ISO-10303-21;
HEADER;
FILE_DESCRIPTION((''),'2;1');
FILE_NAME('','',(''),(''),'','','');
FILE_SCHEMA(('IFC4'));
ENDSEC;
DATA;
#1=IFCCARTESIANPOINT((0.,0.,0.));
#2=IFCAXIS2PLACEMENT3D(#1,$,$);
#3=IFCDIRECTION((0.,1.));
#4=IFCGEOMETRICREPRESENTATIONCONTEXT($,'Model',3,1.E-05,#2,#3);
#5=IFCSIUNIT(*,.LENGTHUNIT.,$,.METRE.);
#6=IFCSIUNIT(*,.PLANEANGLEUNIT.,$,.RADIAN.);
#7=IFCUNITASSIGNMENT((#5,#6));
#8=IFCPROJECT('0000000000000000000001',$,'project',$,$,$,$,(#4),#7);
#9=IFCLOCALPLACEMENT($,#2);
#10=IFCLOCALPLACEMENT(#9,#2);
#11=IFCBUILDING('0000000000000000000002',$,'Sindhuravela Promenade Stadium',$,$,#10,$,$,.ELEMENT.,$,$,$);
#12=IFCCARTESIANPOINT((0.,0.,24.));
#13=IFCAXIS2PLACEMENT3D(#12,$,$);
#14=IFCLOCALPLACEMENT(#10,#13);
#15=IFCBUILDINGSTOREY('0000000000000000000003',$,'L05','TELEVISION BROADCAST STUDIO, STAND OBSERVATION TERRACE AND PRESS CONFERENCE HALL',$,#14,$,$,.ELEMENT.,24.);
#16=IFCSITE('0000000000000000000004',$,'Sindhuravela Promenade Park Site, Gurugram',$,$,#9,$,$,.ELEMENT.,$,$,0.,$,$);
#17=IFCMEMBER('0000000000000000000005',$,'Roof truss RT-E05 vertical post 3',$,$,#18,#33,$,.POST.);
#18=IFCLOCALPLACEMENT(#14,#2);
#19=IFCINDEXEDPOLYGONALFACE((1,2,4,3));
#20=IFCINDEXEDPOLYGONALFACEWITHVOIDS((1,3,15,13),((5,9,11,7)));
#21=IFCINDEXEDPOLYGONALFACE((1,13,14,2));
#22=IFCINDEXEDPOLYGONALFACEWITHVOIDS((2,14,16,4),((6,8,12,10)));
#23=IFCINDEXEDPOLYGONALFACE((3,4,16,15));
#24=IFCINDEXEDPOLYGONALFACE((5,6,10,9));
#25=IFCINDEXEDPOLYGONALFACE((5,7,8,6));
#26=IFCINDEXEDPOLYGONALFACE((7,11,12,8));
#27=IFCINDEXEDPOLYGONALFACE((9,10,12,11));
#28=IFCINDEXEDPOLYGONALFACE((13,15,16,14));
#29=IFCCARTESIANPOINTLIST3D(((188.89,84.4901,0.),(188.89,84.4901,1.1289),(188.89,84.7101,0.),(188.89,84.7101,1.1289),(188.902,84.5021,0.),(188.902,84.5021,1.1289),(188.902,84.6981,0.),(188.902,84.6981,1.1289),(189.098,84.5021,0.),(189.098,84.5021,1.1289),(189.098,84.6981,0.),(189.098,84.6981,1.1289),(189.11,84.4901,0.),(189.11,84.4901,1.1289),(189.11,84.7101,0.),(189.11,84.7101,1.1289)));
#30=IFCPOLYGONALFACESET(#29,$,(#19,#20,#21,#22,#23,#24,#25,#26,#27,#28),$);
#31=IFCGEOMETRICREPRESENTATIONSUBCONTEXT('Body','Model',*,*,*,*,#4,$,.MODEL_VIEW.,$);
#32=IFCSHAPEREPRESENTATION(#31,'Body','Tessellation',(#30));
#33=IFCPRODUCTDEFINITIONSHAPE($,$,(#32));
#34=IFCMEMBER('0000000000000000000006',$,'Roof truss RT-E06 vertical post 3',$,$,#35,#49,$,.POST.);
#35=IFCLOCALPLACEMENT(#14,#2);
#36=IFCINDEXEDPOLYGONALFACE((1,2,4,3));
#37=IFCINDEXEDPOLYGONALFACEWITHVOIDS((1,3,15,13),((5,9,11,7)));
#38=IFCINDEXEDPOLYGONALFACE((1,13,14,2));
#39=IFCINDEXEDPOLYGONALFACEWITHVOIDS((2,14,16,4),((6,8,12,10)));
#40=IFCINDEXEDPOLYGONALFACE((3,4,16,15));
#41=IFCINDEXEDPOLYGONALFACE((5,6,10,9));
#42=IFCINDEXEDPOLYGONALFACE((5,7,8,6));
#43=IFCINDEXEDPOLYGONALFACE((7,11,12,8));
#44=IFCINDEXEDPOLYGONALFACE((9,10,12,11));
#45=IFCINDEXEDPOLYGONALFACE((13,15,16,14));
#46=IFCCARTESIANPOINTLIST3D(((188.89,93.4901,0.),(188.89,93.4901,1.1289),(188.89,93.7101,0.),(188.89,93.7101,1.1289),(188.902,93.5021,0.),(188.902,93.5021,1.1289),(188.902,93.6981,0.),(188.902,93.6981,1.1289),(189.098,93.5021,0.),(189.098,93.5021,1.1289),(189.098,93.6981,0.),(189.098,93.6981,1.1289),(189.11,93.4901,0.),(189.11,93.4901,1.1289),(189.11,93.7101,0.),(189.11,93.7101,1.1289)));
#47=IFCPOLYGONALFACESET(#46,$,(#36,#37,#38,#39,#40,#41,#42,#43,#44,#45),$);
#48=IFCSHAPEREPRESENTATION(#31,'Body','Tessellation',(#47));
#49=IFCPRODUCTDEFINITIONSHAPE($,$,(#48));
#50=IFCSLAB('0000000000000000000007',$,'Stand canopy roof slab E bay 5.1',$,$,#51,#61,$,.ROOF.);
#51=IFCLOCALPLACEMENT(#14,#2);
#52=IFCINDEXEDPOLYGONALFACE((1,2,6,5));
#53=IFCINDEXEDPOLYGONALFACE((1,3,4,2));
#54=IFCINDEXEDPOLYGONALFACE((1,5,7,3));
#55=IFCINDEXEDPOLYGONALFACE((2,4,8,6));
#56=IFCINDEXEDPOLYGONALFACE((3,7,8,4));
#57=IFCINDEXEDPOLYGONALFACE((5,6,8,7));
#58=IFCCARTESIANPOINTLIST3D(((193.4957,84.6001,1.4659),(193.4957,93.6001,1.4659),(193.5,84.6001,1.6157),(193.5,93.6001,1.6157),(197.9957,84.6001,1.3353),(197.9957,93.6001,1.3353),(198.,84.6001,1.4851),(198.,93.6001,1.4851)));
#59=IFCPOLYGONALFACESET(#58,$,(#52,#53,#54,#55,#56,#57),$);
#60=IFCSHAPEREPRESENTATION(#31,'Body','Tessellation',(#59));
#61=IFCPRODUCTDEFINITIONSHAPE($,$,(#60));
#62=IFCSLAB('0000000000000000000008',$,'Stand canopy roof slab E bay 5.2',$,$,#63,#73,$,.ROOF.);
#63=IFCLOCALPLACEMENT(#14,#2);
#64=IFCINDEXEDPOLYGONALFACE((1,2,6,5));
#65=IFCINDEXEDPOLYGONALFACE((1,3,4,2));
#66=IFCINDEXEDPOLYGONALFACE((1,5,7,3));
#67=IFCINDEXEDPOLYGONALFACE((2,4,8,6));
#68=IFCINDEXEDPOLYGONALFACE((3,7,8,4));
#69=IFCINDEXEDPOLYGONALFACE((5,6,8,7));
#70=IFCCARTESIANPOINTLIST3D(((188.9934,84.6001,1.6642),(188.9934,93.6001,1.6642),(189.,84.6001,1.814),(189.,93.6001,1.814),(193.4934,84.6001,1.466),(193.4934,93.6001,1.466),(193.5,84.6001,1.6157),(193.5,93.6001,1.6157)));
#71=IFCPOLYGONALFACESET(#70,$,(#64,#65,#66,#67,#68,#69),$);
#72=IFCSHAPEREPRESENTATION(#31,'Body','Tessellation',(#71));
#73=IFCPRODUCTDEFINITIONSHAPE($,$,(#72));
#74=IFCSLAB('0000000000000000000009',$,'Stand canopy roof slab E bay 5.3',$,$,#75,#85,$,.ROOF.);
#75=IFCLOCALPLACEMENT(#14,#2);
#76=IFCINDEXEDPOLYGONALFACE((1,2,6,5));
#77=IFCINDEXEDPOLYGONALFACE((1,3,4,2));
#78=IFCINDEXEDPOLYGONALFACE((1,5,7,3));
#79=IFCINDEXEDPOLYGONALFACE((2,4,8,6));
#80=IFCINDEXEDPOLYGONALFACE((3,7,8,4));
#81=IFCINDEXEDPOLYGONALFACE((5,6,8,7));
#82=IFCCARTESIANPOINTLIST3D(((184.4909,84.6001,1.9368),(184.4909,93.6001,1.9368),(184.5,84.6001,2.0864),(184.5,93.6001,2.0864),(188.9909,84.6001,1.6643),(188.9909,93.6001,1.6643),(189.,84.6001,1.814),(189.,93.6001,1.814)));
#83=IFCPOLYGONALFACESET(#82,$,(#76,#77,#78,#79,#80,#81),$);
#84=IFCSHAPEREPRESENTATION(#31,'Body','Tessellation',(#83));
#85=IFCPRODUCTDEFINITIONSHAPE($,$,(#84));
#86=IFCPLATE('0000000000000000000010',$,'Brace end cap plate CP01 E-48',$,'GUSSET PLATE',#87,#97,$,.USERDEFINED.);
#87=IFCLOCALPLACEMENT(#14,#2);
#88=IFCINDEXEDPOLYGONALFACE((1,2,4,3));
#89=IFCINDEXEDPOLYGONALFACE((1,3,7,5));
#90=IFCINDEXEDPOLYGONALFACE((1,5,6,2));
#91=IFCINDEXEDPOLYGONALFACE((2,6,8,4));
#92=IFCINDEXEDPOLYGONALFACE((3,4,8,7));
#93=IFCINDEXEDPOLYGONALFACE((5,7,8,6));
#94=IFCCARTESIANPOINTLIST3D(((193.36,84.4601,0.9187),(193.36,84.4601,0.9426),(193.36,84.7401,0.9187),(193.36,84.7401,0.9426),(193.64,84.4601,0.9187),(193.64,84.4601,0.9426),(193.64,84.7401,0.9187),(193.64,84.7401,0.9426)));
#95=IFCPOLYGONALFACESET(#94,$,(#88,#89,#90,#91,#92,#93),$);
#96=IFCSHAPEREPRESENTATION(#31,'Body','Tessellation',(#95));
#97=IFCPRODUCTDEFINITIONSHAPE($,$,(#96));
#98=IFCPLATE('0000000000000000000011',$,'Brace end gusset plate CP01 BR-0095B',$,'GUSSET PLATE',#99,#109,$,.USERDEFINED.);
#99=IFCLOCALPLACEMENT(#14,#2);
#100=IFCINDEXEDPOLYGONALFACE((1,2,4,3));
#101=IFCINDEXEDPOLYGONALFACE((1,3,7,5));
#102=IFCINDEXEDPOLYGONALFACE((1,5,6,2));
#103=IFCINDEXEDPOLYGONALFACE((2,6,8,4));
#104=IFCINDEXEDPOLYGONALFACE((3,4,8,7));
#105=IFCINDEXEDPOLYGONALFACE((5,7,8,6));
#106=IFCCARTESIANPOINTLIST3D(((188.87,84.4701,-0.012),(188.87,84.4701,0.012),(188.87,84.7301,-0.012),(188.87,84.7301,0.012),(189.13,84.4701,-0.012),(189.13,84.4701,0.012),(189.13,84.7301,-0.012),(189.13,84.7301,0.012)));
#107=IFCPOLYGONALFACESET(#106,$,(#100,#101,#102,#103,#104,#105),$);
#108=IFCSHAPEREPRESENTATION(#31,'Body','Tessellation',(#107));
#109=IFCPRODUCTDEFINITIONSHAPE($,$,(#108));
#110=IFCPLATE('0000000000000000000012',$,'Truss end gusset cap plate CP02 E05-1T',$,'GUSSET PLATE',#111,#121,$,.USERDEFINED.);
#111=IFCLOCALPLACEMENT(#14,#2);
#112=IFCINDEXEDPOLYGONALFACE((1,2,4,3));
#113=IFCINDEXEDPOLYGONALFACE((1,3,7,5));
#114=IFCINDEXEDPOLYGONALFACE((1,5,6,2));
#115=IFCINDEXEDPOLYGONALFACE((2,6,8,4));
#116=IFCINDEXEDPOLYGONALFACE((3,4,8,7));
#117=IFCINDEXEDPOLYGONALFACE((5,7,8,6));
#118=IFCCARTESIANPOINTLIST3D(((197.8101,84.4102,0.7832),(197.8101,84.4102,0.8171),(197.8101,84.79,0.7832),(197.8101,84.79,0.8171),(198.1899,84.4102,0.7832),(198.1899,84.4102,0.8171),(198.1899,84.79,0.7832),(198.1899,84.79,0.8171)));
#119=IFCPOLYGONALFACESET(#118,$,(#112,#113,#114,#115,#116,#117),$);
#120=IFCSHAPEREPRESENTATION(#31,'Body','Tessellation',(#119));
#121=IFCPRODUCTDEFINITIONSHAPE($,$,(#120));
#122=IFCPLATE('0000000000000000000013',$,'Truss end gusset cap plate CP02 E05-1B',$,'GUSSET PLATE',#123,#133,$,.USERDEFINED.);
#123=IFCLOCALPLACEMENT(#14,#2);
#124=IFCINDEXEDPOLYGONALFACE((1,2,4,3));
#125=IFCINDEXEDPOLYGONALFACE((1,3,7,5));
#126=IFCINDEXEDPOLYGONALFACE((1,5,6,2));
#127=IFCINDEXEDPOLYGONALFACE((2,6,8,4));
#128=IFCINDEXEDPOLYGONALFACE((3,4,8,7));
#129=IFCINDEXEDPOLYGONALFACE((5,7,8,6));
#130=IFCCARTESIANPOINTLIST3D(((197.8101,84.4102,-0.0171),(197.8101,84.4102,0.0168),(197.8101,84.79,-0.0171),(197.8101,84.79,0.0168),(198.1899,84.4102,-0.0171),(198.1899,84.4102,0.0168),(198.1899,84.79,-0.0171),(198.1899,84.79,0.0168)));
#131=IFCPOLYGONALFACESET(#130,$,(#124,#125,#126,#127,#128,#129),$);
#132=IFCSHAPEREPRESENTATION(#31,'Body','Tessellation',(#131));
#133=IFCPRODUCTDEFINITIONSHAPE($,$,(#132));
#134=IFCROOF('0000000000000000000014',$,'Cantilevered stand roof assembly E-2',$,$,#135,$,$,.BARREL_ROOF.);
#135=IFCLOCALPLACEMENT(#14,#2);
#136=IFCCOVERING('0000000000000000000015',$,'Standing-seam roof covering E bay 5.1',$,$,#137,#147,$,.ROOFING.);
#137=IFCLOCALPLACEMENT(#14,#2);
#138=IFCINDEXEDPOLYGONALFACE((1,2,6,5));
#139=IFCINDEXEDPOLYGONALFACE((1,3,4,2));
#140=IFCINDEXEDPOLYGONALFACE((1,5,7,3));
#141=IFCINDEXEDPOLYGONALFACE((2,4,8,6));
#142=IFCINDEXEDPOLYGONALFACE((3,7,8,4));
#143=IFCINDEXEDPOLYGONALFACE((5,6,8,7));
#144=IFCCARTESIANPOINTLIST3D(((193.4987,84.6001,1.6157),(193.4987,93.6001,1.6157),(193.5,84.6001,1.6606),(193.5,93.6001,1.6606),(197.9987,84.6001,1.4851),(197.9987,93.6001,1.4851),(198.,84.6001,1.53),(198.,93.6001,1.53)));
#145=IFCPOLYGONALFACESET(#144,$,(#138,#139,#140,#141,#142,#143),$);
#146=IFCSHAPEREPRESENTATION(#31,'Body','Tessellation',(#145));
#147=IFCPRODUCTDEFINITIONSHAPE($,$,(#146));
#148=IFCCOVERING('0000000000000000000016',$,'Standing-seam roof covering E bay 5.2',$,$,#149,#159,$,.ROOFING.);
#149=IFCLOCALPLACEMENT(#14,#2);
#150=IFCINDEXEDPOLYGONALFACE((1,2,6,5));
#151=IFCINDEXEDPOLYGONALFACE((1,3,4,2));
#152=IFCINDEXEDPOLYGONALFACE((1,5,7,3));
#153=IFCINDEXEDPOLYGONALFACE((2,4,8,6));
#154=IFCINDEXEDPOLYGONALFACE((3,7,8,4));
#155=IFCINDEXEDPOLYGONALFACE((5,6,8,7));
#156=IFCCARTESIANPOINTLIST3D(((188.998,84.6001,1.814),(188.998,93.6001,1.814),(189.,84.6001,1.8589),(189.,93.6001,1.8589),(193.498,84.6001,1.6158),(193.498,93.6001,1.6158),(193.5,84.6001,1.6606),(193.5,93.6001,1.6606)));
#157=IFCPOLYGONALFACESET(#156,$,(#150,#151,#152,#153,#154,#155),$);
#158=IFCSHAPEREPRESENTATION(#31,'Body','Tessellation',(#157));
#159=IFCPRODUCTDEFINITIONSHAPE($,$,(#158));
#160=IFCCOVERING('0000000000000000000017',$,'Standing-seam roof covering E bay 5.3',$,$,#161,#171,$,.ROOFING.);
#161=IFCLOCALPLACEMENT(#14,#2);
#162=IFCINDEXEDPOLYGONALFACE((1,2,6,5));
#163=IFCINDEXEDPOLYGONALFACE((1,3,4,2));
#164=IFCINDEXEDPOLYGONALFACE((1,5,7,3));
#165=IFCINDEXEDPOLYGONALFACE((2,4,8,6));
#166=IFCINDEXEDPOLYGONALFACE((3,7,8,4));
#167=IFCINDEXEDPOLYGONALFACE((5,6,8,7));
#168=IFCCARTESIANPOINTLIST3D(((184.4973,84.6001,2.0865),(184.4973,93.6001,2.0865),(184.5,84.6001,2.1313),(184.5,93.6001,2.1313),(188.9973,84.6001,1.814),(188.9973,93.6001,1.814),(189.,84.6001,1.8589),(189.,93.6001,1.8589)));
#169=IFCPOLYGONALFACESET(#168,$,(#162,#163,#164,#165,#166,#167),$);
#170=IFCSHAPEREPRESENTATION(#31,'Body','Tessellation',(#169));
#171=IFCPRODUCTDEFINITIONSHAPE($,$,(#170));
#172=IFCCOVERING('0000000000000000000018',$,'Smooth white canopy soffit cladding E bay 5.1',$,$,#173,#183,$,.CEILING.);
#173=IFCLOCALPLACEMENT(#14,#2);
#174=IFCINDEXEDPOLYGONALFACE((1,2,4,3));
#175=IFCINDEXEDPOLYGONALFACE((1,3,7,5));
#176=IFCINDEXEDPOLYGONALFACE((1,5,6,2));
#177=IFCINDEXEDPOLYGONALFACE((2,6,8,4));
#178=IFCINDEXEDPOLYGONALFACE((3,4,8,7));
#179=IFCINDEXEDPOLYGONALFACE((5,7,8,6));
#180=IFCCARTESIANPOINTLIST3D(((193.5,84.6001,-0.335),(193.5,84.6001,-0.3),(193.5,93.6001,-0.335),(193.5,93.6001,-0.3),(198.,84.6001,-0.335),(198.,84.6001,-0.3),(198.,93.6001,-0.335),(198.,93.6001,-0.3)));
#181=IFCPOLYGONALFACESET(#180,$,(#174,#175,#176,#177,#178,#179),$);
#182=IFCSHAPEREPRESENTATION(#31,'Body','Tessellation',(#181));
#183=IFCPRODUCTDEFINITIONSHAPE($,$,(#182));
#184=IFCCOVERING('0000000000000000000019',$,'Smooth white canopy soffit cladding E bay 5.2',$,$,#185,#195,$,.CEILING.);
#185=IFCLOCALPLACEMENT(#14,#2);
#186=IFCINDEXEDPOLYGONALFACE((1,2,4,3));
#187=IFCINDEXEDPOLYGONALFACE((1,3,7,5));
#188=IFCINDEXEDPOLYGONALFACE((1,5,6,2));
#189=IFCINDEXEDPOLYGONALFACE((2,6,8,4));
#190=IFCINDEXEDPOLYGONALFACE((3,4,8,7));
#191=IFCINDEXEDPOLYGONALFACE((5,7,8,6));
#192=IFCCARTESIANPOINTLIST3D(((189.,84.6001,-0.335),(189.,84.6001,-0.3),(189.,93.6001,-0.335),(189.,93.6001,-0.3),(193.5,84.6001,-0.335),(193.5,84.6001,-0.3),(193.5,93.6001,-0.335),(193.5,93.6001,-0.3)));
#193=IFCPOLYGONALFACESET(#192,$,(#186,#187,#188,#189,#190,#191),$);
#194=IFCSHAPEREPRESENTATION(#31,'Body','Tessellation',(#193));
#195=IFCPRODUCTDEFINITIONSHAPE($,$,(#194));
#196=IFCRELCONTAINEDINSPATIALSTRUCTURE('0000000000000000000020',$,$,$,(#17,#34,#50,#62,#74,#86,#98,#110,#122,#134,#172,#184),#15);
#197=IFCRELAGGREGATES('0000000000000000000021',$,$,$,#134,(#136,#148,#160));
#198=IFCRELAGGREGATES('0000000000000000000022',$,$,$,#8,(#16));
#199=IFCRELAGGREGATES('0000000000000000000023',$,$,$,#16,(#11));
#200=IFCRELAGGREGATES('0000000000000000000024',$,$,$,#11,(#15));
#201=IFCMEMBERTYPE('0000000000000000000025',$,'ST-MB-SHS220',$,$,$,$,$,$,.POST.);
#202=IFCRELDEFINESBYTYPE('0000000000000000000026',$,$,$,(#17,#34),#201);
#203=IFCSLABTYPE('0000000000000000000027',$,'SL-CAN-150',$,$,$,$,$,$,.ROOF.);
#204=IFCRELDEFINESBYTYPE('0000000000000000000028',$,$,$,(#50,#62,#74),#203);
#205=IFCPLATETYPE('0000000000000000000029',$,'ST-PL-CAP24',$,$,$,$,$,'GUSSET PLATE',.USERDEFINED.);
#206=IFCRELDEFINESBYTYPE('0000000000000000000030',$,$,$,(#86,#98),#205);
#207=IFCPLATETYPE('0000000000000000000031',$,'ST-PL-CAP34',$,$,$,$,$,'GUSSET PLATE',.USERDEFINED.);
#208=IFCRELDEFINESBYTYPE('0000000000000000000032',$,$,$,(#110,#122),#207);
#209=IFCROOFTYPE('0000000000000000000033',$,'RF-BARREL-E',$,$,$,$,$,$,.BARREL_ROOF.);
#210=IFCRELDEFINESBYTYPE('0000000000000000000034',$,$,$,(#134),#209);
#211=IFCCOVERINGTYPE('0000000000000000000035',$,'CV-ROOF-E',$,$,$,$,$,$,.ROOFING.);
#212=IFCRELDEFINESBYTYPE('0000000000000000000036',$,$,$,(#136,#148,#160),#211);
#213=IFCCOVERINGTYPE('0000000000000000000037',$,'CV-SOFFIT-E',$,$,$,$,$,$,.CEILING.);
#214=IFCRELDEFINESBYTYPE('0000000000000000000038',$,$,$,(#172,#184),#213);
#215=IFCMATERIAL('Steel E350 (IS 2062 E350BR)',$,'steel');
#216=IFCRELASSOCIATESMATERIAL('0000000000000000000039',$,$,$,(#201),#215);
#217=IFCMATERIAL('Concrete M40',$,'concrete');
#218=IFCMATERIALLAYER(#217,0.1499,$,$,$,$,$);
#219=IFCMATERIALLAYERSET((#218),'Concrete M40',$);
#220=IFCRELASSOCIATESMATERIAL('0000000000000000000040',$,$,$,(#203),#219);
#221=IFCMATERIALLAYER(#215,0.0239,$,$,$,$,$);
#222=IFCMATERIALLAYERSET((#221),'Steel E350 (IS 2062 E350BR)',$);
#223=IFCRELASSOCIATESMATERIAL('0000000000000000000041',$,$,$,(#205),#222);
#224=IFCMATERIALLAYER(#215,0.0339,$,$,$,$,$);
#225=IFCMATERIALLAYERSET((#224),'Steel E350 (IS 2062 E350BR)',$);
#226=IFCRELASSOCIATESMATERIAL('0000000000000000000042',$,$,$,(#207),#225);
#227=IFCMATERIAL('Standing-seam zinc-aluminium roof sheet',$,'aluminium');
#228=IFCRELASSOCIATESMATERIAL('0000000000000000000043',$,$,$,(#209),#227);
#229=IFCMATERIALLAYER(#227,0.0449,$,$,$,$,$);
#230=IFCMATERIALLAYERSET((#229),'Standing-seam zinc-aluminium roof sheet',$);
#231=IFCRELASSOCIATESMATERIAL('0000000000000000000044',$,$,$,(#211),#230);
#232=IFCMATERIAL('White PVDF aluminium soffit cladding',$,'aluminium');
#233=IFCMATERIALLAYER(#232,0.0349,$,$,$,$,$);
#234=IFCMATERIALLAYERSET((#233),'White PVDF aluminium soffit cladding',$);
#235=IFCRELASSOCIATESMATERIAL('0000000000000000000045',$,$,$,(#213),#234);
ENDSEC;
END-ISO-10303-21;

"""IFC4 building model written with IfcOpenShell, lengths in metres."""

from ifc_helpers import new_model, si_unit, direction, frame, origin, origin_2d, place, context, subcontext, project, spatial, polyline, rectangle, hollow_rectangle, outline, extrude, material, layer, layer_set, material_profile, profile_set, type_object, element, aggregate, save


model = new_model("IFC4")

# Units and contexts
model_context = context("Model", 3, precision=1e-05, world=origin(), true_north=direction((0.0, 1.0)))
body_context = subcontext(model_context, "Body", "Model", "MODEL_VIEW")
ifc_project = project(units=[si_unit("LENGTHUNIT", "METRE"), si_unit("PLANEANGLEUNIT", "RADIAN")], contexts=[model_context])

# Site, building, storey
site_placement = place(None, origin())
site = spatial("IfcSite", under=ifc_project, at=site_placement, Name="Sindhuravela Promenade Park Site, Gurugram", CompositionType="ELEMENT", RefElevation=0.0)
building_placement = place(site_placement, origin())
building = spatial("IfcBuilding", under=site, at=building_placement, Name="Sindhuravela Promenade Stadium", CompositionType="ELEMENT")
storey_placement = place(building_placement, frame((0.0, 0.0, 24.0)))
storey = spatial("IfcBuildingStorey", under=building, at=storey_placement, Name="L05", Description="TELEVISION BROADCAST STUDIO, STAND OBSERVATION TERRACE AND PRESS CONFERENCE HALL", CompositionType="ELEMENT", Elevation=24.0)

# Shared definitions
ifc_material_1 = material(Name="Concrete M40", Category="concrete")
ifc_material_2 = material(Name="Steel E350 (IS 2062 E350BR)", Category="steel")

# Members
ifc_material_profile_1 = material_profile(ifc_material_2, hollow_rectangle(XDim=0.22, YDim=0.22, WallThickness=0.012, at=origin_2d()), Name="SHS 220x220x12")
ifc_profile_set_1 = profile_set([ifc_material_profile_1], Name="Steel E350 (IS 2062 E350BR)")
member_type_1 = type_object("IfcMemberType", Name="ST-MB-SHS220", PredefinedType="POST", material=ifc_profile_set_1)
for number, where, z_axis, x_axis, name in (
    (1, (189.0, 84.6001, 0.0), (0.0, 0.0, 1.0), (1.0, 0.0, 0.0), "Roof truss RT-E05 vertical post 3"),
    (2, (189.0, 93.6001, 0.0), (0.0, 0.0, 1.0), (1.0, 0.0, 0.0), "Roof truss RT-E06 vertical post 3"),
):
    element("IfcMember", number, at=place(storey_placement, frame(where, z_axis=z_axis, x_axis=x_axis)), inside=storey, type_object=member_type_1, Name=name, PredefinedType="POST", context=body_context, shape_type="SweptSolid", body=[
        extrude(hollow_rectangle(XDim=0.22, YDim=0.22, WallThickness=0.012, at=origin_2d()), origin(), (0.0, 0.0, 1.0), 1.1289),
    ])

# Slabs
ifc_layer_1 = layer(ifc_material_1, 0.1499)
ifc_layer_set_1 = layer_set([ifc_layer_1], Name="Concrete M40")
slab_type = type_object("IfcSlabType", Name="SL-CAN-150", PredefinedType="ROOF", material=ifc_layer_set_1)
slab_1_placement = place(storey_placement, frame((198.0, 84.6001, 1.4851), z_axis=(0.029013, 0.0, 0.999579), x_axis=(0.0, 1.0, 0.0)))
element("IfcSlab", 3, at=slab_1_placement, inside=storey, type_object=slab_type, Name="Stand canopy roof slab E bay 5.1", PredefinedType="ROOF", context=body_context, shape_type="SweptSolid", body=[
    extrude(outline(polyline([(0.0, 0.0), (9.0, 0.0), (9.0, 4.5019), (0.0, 4.5019), (0.0, 0.0)])), origin(), (0.0, 0.0, -1.0), 0.1499),
])
slab_2_placement = place(storey_placement, frame((193.5, 84.6001, 1.6157), z_axis=(0.044011, 0.0, 0.999031), x_axis=(0.0, 1.0, 0.0)))
element("IfcSlab", 4, at=slab_2_placement, inside=storey, type_object=slab_type, Name="Stand canopy roof slab E bay 5.2", PredefinedType="ROOF", context=body_context, shape_type="SweptSolid", body=[
    extrude(outline(polyline([(0.0, 0.0), (9.0, 0.0), (9.0, 4.5044), (0.0, 4.5044), (0.0, 0.0)])), origin(), (0.0, 0.0, -1.0), 0.1499),
])
slab_3_placement = place(storey_placement, frame((189.0, 84.6001, 1.814), z_axis=(0.060436, 0.0, 0.998172), x_axis=(0.0, 1.0, 0.0)))
element("IfcSlab", 5, at=slab_3_placement, inside=storey, type_object=slab_type, Name="Stand canopy roof slab E bay 5.3", PredefinedType="ROOF", context=body_context, shape_type="SweptSolid", body=[
    extrude(outline(polyline([(0.0, 0.0), (9.0, 0.0), (9.0, 4.5082), (0.0, 4.5082), (0.0, 0.0)])), origin(), (0.0, 0.0, -1.0), 0.1499),
])

# Plates
ifc_layer_2 = layer(ifc_material_2, 0.0239)
ifc_layer_set_2 = layer_set([ifc_layer_2], Name="Steel E350 (IS 2062 E350BR)")
plate_type_1 = type_object("IfcPlateType", Name="ST-PL-CAP24", ElementType="GUSSET PLATE", PredefinedType="USERDEFINED", material=ifc_layer_set_2)
plate_1_placement = place(storey_placement, frame((193.5, 84.6001, 0.9187), z_axis=(0.0, 0.0, 1.0), x_axis=(1.0, 0.0, 0.0)))
element("IfcPlate", 6, at=plate_1_placement, inside=storey, type_object=plate_type_1, Name="Brace end cap plate CP01 E-48", ObjectType="GUSSET PLATE", PredefinedType="USERDEFINED", context=body_context, shape_type="SweptSolid", body=[
    extrude(rectangle(XDim=0.28, YDim=0.28, at=origin_2d()), origin(), (0.0, 0.0, 1.0), 0.0239),
])
plate_2_placement = place(storey_placement, frame((189.0, 84.6001, -0.012), z_axis=(0.0, 0.0, 1.0), x_axis=(1.0, 0.0, 0.0)))
element("IfcPlate", 7, at=plate_2_placement, inside=storey, type_object=plate_type_1, Name="Brace end gusset plate CP01 BR-0095B", ObjectType="GUSSET PLATE", PredefinedType="USERDEFINED", context=body_context, shape_type="SweptSolid", body=[
    extrude(rectangle(XDim=0.26, YDim=0.26, at=origin_2d()), origin(), (0.0, 0.0, 1.0), 0.0239),
])
ifc_layer_3 = layer(ifc_material_2, 0.0339)
ifc_layer_set_3 = layer_set([ifc_layer_3], Name="Steel E350 (IS 2062 E350BR)")
plate_type_2 = type_object("IfcPlateType", Name="ST-PL-CAP34", ElementType="GUSSET PLATE", PredefinedType="USERDEFINED", material=ifc_layer_set_3)
for number, where, z_axis, x_axis, name in (
    (8, (198.0, 84.6001, 0.7832), (0.0, 0.0, 1.0), (1.0, 0.0, 0.0), "Truss end gusset cap plate CP02 E05-1T"),
    (9, (198.0, 84.6001, -0.0171), (0.0, 0.0, 1.0), (1.0, 0.0, 0.0), "Truss end gusset cap plate CP02 E05-1B"),
):
    element("IfcPlate", number, at=place(storey_placement, frame(where, z_axis=z_axis, x_axis=x_axis)), inside=storey, type_object=plate_type_2, Name=name, ObjectType="GUSSET PLATE", PredefinedType="USERDEFINED", context=body_context, shape_type="SweptSolid", body=[
        extrude(rectangle(XDim=0.3799, YDim=0.3799, at=origin_2d()), origin(), (0.0, 0.0, 1.0), 0.0339),
    ])

# Roof, coverings
ifc_material_3 = material(Name="Standing-seam zinc-aluminium roof sheet", Category="aluminium")
roof_type = type_object("IfcRoofType", Name="RF-BARREL-E", PredefinedType="BARREL_ROOF", material=ifc_material_3)
roof_placement = place(storey_placement, origin())
roof = element("IfcRoof", 10, at=roof_placement, inside=storey, type_object=roof_type, Name="Cantilevered stand roof assembly E-2", PredefinedType="BARREL_ROOF")
ifc_layer_4 = layer(ifc_material_3, 0.0449)
ifc_layer_set_4 = layer_set([ifc_layer_4], Name="Standing-seam zinc-aluminium roof sheet")
covering_type_1 = type_object("IfcCoveringType", Name="CV-ROOF-E", PredefinedType="ROOFING", material=ifc_layer_set_4)
covering_1_placement = place(storey_placement, frame((198.0, 84.6001, 1.53), z_axis=(0.029013, 0.0, 0.999579), x_axis=(0.0, 1.0, 0.0)))
covering_1 = element("IfcCovering", 11, at=covering_1_placement, type_object=covering_type_1, Name="Standing-seam roof covering E bay 5.1", PredefinedType="ROOFING", context=body_context, shape_type="SweptSolid", body=[
    extrude(outline(polyline([(0.0, 0.0), (9.0, 0.0), (9.0, 4.5019), (0.0, 4.5019), (0.0, 0.0)])), origin(), (0.0, 0.0, -1.0), 0.0449),
])
covering_2_placement = place(storey_placement, frame((193.5, 84.6001, 1.6606), z_axis=(0.044011, 0.0, 0.999031), x_axis=(0.0, 1.0, 0.0)))
covering_2 = element("IfcCovering", 12, at=covering_2_placement, type_object=covering_type_1, Name="Standing-seam roof covering E bay 5.2", PredefinedType="ROOFING", context=body_context, shape_type="SweptSolid", body=[
    extrude(outline(polyline([(0.0, 0.0), (9.0, 0.0), (9.0, 4.5044), (0.0, 4.5044), (0.0, 0.0)])), origin(), (0.0, 0.0, -1.0), 0.0449),
])
covering_3_placement = place(storey_placement, frame((189.0, 84.6001, 1.8589), z_axis=(0.060436, 0.0, 0.998172), x_axis=(0.0, 1.0, 0.0)))
covering_3 = element("IfcCovering", 13, at=covering_3_placement, type_object=covering_type_1, Name="Standing-seam roof covering E bay 5.3", PredefinedType="ROOFING", context=body_context, shape_type="SweptSolid", body=[
    extrude(outline(polyline([(0.0, 0.0), (9.0, 0.0), (9.0, 4.5082), (0.0, 4.5082), (0.0, 0.0)])), origin(), (0.0, 0.0, -1.0), 0.0449),
])
aggregate(roof, [covering_1, covering_2, covering_3])

# Coverings
ifc_material_4 = material(Name="White PVDF aluminium soffit cladding", Category="aluminium")
ifc_layer_5 = layer(ifc_material_4, 0.0349)
ifc_layer_set_5 = layer_set([ifc_layer_5], Name="White PVDF aluminium soffit cladding")
covering_type_2 = type_object("IfcCoveringType", Name="CV-SOFFIT-E", PredefinedType="CEILING", material=ifc_layer_set_5)
for number, where, z_axis, x_axis, name in (
    (14, (198.0, 84.6001, -0.3), (0.0, 0.0, 1.0), (0.0, 1.0, 0.0), "Smooth white canopy soffit cladding E bay 5.1"),
    (15, (193.5, 84.6001, -0.3), (0.0, 0.0, 1.0), (0.0, 1.0, 0.0), "Smooth white canopy soffit cladding E bay 5.2"),
):
    element("IfcCovering", number, at=place(storey_placement, frame(where, z_axis=z_axis, x_axis=x_axis)), inside=storey, type_object=covering_type_2, Name=name, PredefinedType="CEILING", context=body_context, shape_type="SweptSolid", body=[
        extrude(outline(polyline([(0.0, 0.0), (9.0, 0.0), (9.0, 4.5), (0.0, 4.5), (0.0, 0.0)])), origin(), (0.0, 0.0, -1.0), 0.0349),
    ])

save(model, "model.ifc")
